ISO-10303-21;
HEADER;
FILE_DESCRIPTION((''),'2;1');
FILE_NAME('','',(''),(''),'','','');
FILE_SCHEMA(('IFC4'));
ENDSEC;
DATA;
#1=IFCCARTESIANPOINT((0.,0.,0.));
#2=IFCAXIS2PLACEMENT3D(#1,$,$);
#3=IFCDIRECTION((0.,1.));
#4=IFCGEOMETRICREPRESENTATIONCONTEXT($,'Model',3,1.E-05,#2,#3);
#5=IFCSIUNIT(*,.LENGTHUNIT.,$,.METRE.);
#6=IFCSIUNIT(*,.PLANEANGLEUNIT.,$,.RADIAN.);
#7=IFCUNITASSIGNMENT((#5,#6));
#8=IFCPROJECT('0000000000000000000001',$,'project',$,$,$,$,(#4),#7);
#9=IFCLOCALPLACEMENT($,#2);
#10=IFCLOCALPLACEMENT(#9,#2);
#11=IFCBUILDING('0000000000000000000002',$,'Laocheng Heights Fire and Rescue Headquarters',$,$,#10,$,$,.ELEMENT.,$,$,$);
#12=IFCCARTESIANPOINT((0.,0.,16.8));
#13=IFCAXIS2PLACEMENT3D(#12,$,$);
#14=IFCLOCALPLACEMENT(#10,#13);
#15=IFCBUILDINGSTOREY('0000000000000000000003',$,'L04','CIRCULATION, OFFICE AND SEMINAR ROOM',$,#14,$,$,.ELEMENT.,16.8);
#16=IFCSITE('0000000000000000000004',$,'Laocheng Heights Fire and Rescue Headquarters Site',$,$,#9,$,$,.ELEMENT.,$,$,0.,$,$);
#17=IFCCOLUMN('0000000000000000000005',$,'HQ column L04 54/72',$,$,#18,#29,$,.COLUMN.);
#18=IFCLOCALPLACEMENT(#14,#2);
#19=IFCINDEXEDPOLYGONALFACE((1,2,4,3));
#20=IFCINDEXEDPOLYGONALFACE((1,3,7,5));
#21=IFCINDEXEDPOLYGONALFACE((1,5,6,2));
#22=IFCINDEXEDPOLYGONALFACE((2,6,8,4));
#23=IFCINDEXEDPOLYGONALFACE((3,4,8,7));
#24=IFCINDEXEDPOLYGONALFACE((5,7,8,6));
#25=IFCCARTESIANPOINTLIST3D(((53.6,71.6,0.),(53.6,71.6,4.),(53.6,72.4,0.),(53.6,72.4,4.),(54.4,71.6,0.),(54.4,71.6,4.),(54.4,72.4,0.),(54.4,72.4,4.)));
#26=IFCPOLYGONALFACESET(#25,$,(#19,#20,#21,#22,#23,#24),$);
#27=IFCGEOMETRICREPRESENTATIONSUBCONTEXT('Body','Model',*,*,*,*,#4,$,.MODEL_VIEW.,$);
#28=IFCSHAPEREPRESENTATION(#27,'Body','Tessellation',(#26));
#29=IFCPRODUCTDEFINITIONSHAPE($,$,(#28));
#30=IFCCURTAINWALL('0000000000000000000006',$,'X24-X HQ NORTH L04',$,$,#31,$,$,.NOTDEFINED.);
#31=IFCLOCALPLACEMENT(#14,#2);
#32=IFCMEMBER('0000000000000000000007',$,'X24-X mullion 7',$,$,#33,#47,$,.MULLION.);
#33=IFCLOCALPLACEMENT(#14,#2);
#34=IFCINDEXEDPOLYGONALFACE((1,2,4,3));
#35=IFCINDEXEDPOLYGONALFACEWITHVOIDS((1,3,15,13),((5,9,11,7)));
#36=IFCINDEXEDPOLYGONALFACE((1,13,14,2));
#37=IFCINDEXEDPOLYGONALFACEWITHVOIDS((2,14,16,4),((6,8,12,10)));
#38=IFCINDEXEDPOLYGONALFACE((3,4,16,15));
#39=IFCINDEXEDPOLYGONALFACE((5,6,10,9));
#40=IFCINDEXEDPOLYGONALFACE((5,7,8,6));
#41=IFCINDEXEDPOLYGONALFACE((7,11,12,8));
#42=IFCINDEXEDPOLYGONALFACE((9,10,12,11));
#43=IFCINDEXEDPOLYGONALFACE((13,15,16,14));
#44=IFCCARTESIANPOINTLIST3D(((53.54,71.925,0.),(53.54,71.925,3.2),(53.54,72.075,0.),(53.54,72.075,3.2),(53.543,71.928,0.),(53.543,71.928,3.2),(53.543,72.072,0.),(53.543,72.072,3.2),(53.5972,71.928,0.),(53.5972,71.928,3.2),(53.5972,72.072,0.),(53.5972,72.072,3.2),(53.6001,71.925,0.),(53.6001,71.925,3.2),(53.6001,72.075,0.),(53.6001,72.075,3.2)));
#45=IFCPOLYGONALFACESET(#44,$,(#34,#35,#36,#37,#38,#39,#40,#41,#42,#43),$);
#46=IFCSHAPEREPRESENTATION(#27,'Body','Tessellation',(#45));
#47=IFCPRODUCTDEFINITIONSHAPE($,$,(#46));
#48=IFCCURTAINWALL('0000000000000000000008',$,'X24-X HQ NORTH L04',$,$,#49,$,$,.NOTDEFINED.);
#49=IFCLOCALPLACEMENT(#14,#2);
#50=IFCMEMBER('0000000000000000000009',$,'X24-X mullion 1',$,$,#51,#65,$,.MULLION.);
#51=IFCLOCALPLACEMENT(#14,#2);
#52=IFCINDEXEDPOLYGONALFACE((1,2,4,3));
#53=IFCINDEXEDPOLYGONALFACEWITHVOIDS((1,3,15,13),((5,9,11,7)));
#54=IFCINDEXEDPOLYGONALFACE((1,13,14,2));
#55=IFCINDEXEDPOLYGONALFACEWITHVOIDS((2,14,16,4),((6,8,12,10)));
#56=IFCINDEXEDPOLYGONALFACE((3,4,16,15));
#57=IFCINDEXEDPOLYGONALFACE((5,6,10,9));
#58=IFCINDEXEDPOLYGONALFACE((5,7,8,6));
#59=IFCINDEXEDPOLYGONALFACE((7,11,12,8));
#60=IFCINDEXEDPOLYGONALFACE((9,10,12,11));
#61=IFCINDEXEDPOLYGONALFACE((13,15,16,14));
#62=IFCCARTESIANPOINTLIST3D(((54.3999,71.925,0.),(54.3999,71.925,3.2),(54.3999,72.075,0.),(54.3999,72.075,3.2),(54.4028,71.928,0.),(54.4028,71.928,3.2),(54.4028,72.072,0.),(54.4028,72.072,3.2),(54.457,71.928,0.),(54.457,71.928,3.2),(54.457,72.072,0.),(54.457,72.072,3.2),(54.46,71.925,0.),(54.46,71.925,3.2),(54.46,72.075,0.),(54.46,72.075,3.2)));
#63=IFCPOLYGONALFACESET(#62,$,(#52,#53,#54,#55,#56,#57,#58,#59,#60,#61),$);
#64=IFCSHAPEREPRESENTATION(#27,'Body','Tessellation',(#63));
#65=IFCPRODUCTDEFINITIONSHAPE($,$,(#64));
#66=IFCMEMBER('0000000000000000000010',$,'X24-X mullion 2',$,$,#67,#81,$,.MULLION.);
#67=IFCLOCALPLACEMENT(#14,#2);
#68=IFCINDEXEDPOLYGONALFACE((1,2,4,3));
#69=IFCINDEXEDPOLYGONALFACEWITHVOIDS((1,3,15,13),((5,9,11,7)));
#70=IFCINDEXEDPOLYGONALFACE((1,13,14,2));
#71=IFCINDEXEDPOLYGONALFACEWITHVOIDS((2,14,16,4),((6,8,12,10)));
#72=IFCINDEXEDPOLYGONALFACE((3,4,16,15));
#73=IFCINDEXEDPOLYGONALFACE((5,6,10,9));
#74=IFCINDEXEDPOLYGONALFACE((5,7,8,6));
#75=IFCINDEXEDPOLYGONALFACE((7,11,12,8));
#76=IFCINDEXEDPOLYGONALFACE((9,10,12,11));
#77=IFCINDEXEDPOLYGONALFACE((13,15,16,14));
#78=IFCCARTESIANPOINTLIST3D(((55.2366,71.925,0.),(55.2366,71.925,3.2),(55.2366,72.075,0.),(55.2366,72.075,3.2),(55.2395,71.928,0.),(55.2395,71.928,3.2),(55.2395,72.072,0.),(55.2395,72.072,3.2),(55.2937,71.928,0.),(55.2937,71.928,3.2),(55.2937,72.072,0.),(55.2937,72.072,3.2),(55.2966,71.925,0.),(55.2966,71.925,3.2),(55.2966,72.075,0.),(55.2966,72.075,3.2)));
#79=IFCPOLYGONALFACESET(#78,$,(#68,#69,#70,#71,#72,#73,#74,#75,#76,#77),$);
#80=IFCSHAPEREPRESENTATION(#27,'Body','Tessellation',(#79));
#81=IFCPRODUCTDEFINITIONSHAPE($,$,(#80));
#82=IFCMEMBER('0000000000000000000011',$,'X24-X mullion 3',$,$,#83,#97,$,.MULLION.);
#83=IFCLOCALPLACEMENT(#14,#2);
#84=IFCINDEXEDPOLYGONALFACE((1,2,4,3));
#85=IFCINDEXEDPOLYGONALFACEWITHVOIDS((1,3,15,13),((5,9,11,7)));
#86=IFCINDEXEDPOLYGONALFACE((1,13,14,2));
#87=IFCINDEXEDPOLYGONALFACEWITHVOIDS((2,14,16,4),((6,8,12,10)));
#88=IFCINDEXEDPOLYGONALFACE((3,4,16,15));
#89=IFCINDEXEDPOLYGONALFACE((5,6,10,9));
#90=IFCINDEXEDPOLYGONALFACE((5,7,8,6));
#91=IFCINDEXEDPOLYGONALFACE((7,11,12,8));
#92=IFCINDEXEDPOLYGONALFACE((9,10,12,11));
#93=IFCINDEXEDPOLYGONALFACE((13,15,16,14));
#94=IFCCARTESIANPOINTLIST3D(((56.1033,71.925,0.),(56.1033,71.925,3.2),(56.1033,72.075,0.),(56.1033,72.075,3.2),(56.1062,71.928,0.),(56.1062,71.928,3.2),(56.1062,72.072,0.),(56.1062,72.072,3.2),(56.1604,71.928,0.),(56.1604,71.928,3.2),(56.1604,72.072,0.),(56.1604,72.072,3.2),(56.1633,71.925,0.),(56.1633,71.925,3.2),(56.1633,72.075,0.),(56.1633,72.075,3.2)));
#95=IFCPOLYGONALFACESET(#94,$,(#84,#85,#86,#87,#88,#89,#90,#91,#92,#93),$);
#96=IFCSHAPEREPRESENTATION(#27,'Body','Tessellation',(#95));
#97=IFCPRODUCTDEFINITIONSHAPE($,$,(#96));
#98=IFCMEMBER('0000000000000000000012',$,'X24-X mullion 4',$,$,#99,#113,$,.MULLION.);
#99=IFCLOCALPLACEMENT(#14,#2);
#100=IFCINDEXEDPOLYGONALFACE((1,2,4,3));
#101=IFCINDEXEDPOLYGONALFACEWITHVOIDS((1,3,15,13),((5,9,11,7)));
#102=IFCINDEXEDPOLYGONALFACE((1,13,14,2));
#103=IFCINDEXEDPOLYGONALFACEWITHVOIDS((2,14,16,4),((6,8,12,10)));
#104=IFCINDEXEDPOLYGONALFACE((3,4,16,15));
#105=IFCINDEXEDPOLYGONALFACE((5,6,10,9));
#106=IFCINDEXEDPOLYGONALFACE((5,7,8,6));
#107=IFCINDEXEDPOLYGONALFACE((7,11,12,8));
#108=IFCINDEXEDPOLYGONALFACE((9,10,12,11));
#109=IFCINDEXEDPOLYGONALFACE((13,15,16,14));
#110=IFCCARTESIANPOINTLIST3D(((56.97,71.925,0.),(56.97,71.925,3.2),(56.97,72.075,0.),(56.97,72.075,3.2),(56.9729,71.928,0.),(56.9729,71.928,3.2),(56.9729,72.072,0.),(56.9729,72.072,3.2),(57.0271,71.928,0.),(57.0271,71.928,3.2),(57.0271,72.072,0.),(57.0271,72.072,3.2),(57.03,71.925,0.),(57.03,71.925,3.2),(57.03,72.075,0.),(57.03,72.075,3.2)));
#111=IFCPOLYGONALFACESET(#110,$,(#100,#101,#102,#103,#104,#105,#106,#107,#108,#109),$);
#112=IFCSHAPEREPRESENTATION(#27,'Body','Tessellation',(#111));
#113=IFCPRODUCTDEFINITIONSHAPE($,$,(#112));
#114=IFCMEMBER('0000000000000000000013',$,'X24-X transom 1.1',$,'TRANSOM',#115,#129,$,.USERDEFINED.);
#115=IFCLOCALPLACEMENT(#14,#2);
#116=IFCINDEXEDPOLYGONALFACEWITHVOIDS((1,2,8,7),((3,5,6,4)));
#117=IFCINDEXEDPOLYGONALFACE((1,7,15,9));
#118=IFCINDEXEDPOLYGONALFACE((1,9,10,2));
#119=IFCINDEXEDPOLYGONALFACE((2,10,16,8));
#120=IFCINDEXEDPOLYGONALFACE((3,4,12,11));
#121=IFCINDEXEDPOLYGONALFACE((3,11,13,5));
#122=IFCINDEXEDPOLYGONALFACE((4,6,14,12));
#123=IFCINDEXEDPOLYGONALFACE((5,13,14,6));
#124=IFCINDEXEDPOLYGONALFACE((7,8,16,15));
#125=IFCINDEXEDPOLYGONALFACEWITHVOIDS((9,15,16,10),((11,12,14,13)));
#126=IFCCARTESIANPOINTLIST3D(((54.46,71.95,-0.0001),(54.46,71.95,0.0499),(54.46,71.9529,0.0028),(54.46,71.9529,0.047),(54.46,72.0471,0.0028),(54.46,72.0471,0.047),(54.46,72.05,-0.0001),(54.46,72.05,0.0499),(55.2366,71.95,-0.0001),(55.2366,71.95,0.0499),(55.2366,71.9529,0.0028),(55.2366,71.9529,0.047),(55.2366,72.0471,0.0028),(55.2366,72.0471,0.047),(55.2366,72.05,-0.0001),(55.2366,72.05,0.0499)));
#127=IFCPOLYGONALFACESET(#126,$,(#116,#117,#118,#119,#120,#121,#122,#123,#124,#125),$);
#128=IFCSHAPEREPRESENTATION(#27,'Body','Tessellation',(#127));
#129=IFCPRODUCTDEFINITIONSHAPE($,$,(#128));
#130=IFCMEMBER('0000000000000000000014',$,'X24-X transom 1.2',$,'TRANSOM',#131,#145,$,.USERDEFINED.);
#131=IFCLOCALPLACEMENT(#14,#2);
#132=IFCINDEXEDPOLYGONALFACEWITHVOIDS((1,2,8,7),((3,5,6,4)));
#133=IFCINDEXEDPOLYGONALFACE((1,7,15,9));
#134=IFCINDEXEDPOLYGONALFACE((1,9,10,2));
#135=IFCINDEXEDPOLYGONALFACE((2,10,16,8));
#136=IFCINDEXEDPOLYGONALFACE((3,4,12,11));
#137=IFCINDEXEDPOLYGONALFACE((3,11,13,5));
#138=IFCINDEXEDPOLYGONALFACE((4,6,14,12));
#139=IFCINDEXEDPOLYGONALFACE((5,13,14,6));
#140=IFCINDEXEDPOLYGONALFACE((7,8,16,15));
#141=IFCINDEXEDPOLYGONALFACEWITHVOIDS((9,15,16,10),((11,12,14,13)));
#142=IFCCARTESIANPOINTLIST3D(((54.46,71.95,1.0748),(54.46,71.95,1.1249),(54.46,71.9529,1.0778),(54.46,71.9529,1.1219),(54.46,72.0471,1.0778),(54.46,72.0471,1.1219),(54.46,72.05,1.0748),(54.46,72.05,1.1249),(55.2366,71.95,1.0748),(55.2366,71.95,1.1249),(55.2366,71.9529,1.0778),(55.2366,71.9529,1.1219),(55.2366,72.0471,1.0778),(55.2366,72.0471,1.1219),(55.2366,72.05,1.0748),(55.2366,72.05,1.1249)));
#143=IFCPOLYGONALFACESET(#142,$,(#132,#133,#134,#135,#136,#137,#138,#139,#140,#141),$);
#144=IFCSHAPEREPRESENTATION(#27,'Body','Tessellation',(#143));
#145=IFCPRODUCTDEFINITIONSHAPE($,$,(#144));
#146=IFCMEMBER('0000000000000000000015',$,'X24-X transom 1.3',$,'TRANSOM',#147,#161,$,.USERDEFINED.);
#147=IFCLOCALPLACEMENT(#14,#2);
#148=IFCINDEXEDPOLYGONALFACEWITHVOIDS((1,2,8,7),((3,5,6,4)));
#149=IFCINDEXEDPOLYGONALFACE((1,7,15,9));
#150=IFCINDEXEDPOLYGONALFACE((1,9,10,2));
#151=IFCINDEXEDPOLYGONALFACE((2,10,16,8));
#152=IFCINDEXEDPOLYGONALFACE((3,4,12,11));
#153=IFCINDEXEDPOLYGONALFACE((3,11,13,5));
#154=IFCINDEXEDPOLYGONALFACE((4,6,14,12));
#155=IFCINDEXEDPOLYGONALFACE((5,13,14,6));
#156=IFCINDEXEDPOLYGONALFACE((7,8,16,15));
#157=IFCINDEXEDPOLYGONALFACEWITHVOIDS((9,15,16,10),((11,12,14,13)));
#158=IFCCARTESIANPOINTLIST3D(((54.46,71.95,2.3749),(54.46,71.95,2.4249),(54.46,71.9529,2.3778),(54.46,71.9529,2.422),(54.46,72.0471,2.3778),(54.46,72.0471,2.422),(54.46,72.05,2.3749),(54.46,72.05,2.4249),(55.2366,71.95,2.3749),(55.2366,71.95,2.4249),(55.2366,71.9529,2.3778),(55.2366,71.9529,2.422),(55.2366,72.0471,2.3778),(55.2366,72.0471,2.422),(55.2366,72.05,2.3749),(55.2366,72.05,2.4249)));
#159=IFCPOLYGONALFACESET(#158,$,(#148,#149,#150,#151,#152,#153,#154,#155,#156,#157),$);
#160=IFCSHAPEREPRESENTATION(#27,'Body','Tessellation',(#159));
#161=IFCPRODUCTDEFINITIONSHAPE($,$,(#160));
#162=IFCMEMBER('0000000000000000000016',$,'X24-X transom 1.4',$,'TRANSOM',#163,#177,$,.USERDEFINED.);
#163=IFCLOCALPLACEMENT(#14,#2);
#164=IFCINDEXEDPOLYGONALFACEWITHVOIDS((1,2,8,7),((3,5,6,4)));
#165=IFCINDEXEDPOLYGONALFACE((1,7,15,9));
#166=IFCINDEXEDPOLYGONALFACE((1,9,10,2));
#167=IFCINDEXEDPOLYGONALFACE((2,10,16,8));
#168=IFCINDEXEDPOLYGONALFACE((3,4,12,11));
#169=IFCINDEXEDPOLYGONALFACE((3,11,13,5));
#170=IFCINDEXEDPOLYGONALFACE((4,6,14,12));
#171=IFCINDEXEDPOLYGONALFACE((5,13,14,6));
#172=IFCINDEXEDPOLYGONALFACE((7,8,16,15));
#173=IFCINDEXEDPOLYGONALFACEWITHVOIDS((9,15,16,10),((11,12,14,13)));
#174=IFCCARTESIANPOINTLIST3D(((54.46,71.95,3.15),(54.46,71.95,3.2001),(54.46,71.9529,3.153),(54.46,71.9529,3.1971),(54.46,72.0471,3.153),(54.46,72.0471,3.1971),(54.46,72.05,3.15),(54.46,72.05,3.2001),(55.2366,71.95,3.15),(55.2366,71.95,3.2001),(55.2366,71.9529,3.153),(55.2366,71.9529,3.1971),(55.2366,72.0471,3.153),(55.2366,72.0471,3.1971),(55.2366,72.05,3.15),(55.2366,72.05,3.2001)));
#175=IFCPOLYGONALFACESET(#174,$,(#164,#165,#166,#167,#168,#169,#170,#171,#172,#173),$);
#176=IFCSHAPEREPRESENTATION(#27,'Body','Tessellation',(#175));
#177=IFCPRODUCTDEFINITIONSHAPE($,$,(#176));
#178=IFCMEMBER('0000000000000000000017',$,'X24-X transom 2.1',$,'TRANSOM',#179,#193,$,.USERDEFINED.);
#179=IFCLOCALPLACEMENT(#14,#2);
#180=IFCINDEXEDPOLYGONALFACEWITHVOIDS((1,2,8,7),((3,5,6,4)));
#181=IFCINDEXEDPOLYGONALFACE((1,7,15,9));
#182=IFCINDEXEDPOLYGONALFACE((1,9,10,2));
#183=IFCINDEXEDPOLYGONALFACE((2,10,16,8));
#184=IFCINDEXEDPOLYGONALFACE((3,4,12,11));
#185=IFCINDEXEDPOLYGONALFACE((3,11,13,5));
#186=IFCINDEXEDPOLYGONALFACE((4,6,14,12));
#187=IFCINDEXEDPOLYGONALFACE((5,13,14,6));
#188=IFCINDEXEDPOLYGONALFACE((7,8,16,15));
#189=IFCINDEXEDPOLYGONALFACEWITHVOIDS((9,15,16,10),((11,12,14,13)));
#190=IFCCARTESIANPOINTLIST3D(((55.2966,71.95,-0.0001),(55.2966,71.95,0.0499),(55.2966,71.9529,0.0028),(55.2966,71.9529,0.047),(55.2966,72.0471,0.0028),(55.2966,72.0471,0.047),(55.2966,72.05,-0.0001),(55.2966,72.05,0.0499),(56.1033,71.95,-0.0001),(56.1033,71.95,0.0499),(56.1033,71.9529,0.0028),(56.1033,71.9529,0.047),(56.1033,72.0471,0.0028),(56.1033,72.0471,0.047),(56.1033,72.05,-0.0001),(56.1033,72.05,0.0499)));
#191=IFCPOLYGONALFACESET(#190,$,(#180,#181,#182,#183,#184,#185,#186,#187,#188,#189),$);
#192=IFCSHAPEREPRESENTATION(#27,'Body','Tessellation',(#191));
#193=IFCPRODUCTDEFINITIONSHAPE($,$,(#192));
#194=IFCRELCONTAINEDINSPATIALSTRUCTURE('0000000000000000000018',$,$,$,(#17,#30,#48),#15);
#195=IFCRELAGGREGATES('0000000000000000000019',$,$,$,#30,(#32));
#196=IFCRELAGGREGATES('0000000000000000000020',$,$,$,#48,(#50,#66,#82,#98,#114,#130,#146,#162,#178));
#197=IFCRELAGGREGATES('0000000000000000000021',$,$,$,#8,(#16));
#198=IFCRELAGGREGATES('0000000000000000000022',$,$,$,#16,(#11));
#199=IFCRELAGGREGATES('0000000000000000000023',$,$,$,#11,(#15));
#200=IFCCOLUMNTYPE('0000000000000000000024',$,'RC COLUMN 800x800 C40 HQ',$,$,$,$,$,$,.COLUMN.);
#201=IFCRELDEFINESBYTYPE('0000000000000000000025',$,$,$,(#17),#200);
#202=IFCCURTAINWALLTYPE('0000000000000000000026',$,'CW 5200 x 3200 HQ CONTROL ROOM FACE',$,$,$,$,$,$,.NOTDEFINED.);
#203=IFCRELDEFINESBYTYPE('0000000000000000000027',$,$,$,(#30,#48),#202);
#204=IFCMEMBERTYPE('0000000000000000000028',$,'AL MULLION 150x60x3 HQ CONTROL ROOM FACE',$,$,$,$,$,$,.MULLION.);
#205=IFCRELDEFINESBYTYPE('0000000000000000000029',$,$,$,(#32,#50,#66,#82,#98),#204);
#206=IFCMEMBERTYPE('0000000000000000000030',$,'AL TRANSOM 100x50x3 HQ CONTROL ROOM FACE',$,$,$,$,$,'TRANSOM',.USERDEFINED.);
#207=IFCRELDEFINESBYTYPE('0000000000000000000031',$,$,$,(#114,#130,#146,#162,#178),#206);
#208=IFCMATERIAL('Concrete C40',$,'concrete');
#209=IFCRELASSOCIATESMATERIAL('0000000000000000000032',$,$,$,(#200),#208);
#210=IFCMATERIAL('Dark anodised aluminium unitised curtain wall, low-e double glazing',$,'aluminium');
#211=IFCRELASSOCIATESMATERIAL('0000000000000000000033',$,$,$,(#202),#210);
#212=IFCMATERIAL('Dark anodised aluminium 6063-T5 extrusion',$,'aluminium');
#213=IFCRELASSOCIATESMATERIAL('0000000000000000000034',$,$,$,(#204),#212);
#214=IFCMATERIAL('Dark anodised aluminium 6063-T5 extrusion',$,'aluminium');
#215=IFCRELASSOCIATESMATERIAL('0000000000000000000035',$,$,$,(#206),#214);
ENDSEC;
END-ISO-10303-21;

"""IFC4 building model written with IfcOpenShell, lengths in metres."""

from ifc_helpers import new_model, si_unit, direction, frame, origin, origin_2d, place, context, subcontext, project, spatial, rectangle, hollow_rectangle, extrude, material, material_profile, profile_set, type_object, element, aggregate, save


model = new_model("IFC4")

# Units and contexts
model_context = context("Model", 3, precision=1e-05, world=origin(), true_north=direction((0.0, 1.0)))
body_context = subcontext(model_context, "Body", "Model", "MODEL_VIEW")
ifc_project = project(units=[si_unit("LENGTHUNIT", "METRE"), si_unit("PLANEANGLEUNIT", "RADIAN")], contexts=[model_context])

# Site, building, storey
site_placement = place(None, origin())
site = spatial("IfcSite", under=ifc_project, at=site_placement, Name="Laocheng Heights Fire and Rescue Headquarters Site", CompositionType="ELEMENT", RefElevation=0.0)
building_placement = place(site_placement, origin())
building = spatial("IfcBuilding", under=site, at=building_placement, Name="Laocheng Heights Fire and Rescue Headquarters", CompositionType="ELEMENT")
storey_placement = place(building_placement, frame((0.0, 0.0, 16.8)))
storey = spatial("IfcBuildingStorey", under=building, at=storey_placement, Name="L04", Description="CIRCULATION, OFFICE AND SEMINAR ROOM", CompositionType="ELEMENT", Elevation=16.8)

# Column
ifc_material_1 = material(Name="Concrete C40", Category="concrete")
ifc_material_profile_1 = material_profile(ifc_material_1, rectangle(XDim=0.8, YDim=0.8, at=origin_2d()), Name="RC COLUMN 800x800 C40 HQ")
ifc_profile_set_1 = profile_set([ifc_material_profile_1], Name="Concrete C40")
column_type = type_object("IfcColumnType", Name="RC COLUMN 800x800 C40 HQ", PredefinedType="COLUMN", material=ifc_profile_set_1)
column_placement = place(storey_placement, frame((54.0, 72.0, 0.0), z_axis=(0.0, 0.0, 1.0), x_axis=(1.0, 0.0, 0.0)))
element("IfcColumn", 1, at=column_placement, inside=storey, type_object=column_type, Name="HQ column L04 54/72", PredefinedType="COLUMN", context=body_context, shape_type="SweptSolid", body=[
    extrude(rectangle(XDim=0.8, YDim=0.8, at=origin_2d()), origin(), (0.0, 0.0, 1.0), 4.0),
])

# Curtain wall, member
ifc_material_2 = material(Name="Dark anodised aluminium unitised curtain wall, low-e double glazing", Category="aluminium")
curtain_wall_type = type_object("IfcCurtainWallType", Name="CW 5200 x 3200 HQ CONTROL ROOM FACE", PredefinedType="NOTDEFINED", material=ifc_material_2)
curtain_wall_1_placement = place(storey_placement, origin())
curtain_wall_1 = element("IfcCurtainWall", 2, at=curtain_wall_1_placement, inside=storey, type_object=curtain_wall_type, Name="X24-X HQ NORTH L04", PredefinedType="NOTDEFINED")
ifc_material_3 = material(Name="Dark anodised aluminium 6063-T5 extrusion", Category="aluminium")
ifc_material_profile_2 = material_profile(ifc_material_3, hollow_rectangle(XDim=0.1499, YDim=0.0601, WallThickness=0.0029, at=origin_2d()), Name="AL MULLION 150x60x3 HQ CONTROL ROOM FACE")
ifc_profile_set_2 = profile_set([ifc_material_profile_2], Name="Dark anodised aluminium 6063-T5 extrusion")
member_type_1 = type_object("IfcMemberType", Name="AL MULLION 150x60x3 HQ CONTROL ROOM FACE", PredefinedType="MULLION", material=ifc_profile_set_2)
member_1_placement = place(storey_placement, frame((53.5701, 72.0, 0.0), z_axis=(0.0, 0.0, 1.0), x_axis=(0.0, 1.0, 0.0)))
member_1 = element("IfcMember", 3, at=member_1_placement, type_object=member_type_1, Name="X24-X mullion 7", PredefinedType="MULLION", context=body_context, shape_type="SweptSolid", body=[
    extrude(hollow_rectangle(XDim=0.1499, YDim=0.0601, WallThickness=0.0029, at=origin_2d()), origin(), (0.0, 0.0, 1.0), 3.2),
])

# Curtain wall, members
curtain_wall_2_placement = place(storey_placement, origin())
curtain_wall_2 = element("IfcCurtainWall", 4, at=curtain_wall_2_placement, inside=storey, type_object=curtain_wall_type, Name="X24-X HQ NORTH L04", PredefinedType="NOTDEFINED")
member_2_placement = place(storey_placement, frame((54.4299, 72.0, 0.0), z_axis=(0.0, 0.0, 1.0), x_axis=(0.0, 1.0, 0.0)))
member_2 = element("IfcMember", 5, at=member_2_placement, type_object=member_type_1, Name="X24-X mullion 1", PredefinedType="MULLION", context=body_context, shape_type="SweptSolid", body=[
    extrude(hollow_rectangle(XDim=0.1499, YDim=0.0601, WallThickness=0.0029, at=origin_2d()), origin(), (0.0, 0.0, 1.0), 3.2),
])
member_3_placement = place(storey_placement, frame((55.2666, 72.0, 0.0), z_axis=(0.0, 0.0, 1.0), x_axis=(0.0, 1.0, 0.0)))
member_3 = element("IfcMember", 6, at=member_3_placement, type_object=member_type_1, Name="X24-X mullion 2", PredefinedType="MULLION", context=body_context, shape_type="SweptSolid", body=[
    extrude(hollow_rectangle(XDim=0.1499, YDim=0.0601, WallThickness=0.0029, at=origin_2d()), origin(), (0.0, 0.0, 1.0), 3.2),
])
member_4_placement = place(storey_placement, frame((56.1333, 72.0, 0.0), z_axis=(0.0, 0.0, 1.0), x_axis=(0.0, 1.0, 0.0)))
member_4 = element("IfcMember", 7, at=member_4_placement, type_object=member_type_1, Name="X24-X mullion 3", PredefinedType="MULLION", context=body_context, shape_type="SweptSolid", body=[
    extrude(hollow_rectangle(XDim=0.1499, YDim=0.0601, WallThickness=0.0029, at=origin_2d()), origin(), (0.0, 0.0, 1.0), 3.2),
])
member_5_placement = place(storey_placement, frame((57.0, 72.0, 0.0), z_axis=(0.0, 0.0, 1.0), x_axis=(0.0, 1.0, 0.0)))
member_5 = element("IfcMember", 8, at=member_5_placement, type_object=member_type_1, Name="X24-X mullion 4", PredefinedType="MULLION", context=body_context, shape_type="SweptSolid", body=[
    extrude(hollow_rectangle(XDim=0.1499, YDim=0.0601, WallThickness=0.0029, at=origin_2d()), origin(), (0.0, 0.0, 1.0), 3.2),
])
ifc_material_4 = material(Name="Dark anodised aluminium 6063-T5 extrusion", Category="aluminium")
ifc_material_profile_3 = material_profile(ifc_material_4, hollow_rectangle(XDim=0.1001, YDim=0.05, WallThickness=0.0029, at=origin_2d()), Name="AL TRANSOM 100x50x3 HQ CONTROL ROOM FACE")
ifc_profile_set_3 = profile_set([ifc_material_profile_3], Name="Dark anodised aluminium 6063-T5 extrusion")
member_type_2 = type_object("IfcMemberType", Name="AL TRANSOM 100x50x3 HQ CONTROL ROOM FACE", ElementType="TRANSOM", PredefinedType="USERDEFINED", material=ifc_profile_set_3)
member_6_placement = place(storey_placement, frame((54.46, 72.0, 0.0249), z_axis=(1.0, 0.0, 0.0), x_axis=(0.0, 1.0, 0.0)))
member_6 = element("IfcMember", 9, at=member_6_placement, type_object=member_type_2, Name="X24-X transom 1.1", ObjectType="TRANSOM", PredefinedType="USERDEFINED", context=body_context, shape_type="SweptSolid", body=[
    extrude(hollow_rectangle(XDim=0.1001, YDim=0.05, WallThickness=0.0029, at=origin_2d()), origin(), (0.0, 0.0, 1.0), 0.7766),
])
member_7_placement = place(storey_placement, frame((54.46, 72.0, 1.0999), z_axis=(1.0, 0.0, 0.0), x_axis=(0.0, 1.0, 0.0)))
member_7 = element("IfcMember", 10, at=member_7_placement, type_object=member_type_2, Name="X24-X transom 1.2", ObjectType="TRANSOM", PredefinedType="USERDEFINED", context=body_context, shape_type="SweptSolid", body=[
    extrude(hollow_rectangle(XDim=0.1001, YDim=0.05, WallThickness=0.0029, at=origin_2d()), origin(), (0.0, 0.0, 1.0), 0.7766),
])
member_8_placement = place(storey_placement, frame((54.46, 72.0, 2.3999), z_axis=(1.0, 0.0, 0.0), x_axis=(0.0, 1.0, 0.0)))
member_8 = element("IfcMember", 11, at=member_8_placement, type_object=member_type_2, Name="X24-X transom 1.3", ObjectType="TRANSOM", PredefinedType="USERDEFINED", context=body_context, shape_type="SweptSolid", body=[
    extrude(hollow_rectangle(XDim=0.1001, YDim=0.05, WallThickness=0.0029, at=origin_2d()), origin(), (0.0, 0.0, 1.0), 0.7766),
])
member_9_placement = place(storey_placement, frame((54.46, 72.0, 3.175), z_axis=(1.0, 0.0, 0.0), x_axis=(0.0, 1.0, 0.0)))
member_9 = element("IfcMember", 12, at=member_9_placement, type_object=member_type_2, Name="X24-X transom 1.4", ObjectType="TRANSOM", PredefinedType="USERDEFINED", context=body_context, shape_type="SweptSolid", body=[
    extrude(hollow_rectangle(XDim=0.1001, YDim=0.05, WallThickness=0.0029, at=origin_2d()), origin(), (0.0, 0.0, 1.0), 0.7766),
])
member_10_placement = place(storey_placement, frame((55.2966, 72.0, 0.0249), z_axis=(1.0, 0.0, 0.0), x_axis=(0.0, 1.0, 0.0)))
member_10 = element("IfcMember", 13, at=member_10_placement, type_object=member_type_2, Name="X24-X transom 2.1", ObjectType="TRANSOM", PredefinedType="USERDEFINED", context=body_context, shape_type="SweptSolid", body=[
    extrude(hollow_rectangle(XDim=0.1001, YDim=0.05, WallThickness=0.0029, at=origin_2d()), origin(), (0.0, 0.0, 1.0), 0.8066),
])

aggregate(curtain_wall_1, [member_1])
aggregate(curtain_wall_2, [member_2, member_3, member_4, member_5, member_6, member_7, member_8, member_9, member_10])

save(model, "model.ifc")
